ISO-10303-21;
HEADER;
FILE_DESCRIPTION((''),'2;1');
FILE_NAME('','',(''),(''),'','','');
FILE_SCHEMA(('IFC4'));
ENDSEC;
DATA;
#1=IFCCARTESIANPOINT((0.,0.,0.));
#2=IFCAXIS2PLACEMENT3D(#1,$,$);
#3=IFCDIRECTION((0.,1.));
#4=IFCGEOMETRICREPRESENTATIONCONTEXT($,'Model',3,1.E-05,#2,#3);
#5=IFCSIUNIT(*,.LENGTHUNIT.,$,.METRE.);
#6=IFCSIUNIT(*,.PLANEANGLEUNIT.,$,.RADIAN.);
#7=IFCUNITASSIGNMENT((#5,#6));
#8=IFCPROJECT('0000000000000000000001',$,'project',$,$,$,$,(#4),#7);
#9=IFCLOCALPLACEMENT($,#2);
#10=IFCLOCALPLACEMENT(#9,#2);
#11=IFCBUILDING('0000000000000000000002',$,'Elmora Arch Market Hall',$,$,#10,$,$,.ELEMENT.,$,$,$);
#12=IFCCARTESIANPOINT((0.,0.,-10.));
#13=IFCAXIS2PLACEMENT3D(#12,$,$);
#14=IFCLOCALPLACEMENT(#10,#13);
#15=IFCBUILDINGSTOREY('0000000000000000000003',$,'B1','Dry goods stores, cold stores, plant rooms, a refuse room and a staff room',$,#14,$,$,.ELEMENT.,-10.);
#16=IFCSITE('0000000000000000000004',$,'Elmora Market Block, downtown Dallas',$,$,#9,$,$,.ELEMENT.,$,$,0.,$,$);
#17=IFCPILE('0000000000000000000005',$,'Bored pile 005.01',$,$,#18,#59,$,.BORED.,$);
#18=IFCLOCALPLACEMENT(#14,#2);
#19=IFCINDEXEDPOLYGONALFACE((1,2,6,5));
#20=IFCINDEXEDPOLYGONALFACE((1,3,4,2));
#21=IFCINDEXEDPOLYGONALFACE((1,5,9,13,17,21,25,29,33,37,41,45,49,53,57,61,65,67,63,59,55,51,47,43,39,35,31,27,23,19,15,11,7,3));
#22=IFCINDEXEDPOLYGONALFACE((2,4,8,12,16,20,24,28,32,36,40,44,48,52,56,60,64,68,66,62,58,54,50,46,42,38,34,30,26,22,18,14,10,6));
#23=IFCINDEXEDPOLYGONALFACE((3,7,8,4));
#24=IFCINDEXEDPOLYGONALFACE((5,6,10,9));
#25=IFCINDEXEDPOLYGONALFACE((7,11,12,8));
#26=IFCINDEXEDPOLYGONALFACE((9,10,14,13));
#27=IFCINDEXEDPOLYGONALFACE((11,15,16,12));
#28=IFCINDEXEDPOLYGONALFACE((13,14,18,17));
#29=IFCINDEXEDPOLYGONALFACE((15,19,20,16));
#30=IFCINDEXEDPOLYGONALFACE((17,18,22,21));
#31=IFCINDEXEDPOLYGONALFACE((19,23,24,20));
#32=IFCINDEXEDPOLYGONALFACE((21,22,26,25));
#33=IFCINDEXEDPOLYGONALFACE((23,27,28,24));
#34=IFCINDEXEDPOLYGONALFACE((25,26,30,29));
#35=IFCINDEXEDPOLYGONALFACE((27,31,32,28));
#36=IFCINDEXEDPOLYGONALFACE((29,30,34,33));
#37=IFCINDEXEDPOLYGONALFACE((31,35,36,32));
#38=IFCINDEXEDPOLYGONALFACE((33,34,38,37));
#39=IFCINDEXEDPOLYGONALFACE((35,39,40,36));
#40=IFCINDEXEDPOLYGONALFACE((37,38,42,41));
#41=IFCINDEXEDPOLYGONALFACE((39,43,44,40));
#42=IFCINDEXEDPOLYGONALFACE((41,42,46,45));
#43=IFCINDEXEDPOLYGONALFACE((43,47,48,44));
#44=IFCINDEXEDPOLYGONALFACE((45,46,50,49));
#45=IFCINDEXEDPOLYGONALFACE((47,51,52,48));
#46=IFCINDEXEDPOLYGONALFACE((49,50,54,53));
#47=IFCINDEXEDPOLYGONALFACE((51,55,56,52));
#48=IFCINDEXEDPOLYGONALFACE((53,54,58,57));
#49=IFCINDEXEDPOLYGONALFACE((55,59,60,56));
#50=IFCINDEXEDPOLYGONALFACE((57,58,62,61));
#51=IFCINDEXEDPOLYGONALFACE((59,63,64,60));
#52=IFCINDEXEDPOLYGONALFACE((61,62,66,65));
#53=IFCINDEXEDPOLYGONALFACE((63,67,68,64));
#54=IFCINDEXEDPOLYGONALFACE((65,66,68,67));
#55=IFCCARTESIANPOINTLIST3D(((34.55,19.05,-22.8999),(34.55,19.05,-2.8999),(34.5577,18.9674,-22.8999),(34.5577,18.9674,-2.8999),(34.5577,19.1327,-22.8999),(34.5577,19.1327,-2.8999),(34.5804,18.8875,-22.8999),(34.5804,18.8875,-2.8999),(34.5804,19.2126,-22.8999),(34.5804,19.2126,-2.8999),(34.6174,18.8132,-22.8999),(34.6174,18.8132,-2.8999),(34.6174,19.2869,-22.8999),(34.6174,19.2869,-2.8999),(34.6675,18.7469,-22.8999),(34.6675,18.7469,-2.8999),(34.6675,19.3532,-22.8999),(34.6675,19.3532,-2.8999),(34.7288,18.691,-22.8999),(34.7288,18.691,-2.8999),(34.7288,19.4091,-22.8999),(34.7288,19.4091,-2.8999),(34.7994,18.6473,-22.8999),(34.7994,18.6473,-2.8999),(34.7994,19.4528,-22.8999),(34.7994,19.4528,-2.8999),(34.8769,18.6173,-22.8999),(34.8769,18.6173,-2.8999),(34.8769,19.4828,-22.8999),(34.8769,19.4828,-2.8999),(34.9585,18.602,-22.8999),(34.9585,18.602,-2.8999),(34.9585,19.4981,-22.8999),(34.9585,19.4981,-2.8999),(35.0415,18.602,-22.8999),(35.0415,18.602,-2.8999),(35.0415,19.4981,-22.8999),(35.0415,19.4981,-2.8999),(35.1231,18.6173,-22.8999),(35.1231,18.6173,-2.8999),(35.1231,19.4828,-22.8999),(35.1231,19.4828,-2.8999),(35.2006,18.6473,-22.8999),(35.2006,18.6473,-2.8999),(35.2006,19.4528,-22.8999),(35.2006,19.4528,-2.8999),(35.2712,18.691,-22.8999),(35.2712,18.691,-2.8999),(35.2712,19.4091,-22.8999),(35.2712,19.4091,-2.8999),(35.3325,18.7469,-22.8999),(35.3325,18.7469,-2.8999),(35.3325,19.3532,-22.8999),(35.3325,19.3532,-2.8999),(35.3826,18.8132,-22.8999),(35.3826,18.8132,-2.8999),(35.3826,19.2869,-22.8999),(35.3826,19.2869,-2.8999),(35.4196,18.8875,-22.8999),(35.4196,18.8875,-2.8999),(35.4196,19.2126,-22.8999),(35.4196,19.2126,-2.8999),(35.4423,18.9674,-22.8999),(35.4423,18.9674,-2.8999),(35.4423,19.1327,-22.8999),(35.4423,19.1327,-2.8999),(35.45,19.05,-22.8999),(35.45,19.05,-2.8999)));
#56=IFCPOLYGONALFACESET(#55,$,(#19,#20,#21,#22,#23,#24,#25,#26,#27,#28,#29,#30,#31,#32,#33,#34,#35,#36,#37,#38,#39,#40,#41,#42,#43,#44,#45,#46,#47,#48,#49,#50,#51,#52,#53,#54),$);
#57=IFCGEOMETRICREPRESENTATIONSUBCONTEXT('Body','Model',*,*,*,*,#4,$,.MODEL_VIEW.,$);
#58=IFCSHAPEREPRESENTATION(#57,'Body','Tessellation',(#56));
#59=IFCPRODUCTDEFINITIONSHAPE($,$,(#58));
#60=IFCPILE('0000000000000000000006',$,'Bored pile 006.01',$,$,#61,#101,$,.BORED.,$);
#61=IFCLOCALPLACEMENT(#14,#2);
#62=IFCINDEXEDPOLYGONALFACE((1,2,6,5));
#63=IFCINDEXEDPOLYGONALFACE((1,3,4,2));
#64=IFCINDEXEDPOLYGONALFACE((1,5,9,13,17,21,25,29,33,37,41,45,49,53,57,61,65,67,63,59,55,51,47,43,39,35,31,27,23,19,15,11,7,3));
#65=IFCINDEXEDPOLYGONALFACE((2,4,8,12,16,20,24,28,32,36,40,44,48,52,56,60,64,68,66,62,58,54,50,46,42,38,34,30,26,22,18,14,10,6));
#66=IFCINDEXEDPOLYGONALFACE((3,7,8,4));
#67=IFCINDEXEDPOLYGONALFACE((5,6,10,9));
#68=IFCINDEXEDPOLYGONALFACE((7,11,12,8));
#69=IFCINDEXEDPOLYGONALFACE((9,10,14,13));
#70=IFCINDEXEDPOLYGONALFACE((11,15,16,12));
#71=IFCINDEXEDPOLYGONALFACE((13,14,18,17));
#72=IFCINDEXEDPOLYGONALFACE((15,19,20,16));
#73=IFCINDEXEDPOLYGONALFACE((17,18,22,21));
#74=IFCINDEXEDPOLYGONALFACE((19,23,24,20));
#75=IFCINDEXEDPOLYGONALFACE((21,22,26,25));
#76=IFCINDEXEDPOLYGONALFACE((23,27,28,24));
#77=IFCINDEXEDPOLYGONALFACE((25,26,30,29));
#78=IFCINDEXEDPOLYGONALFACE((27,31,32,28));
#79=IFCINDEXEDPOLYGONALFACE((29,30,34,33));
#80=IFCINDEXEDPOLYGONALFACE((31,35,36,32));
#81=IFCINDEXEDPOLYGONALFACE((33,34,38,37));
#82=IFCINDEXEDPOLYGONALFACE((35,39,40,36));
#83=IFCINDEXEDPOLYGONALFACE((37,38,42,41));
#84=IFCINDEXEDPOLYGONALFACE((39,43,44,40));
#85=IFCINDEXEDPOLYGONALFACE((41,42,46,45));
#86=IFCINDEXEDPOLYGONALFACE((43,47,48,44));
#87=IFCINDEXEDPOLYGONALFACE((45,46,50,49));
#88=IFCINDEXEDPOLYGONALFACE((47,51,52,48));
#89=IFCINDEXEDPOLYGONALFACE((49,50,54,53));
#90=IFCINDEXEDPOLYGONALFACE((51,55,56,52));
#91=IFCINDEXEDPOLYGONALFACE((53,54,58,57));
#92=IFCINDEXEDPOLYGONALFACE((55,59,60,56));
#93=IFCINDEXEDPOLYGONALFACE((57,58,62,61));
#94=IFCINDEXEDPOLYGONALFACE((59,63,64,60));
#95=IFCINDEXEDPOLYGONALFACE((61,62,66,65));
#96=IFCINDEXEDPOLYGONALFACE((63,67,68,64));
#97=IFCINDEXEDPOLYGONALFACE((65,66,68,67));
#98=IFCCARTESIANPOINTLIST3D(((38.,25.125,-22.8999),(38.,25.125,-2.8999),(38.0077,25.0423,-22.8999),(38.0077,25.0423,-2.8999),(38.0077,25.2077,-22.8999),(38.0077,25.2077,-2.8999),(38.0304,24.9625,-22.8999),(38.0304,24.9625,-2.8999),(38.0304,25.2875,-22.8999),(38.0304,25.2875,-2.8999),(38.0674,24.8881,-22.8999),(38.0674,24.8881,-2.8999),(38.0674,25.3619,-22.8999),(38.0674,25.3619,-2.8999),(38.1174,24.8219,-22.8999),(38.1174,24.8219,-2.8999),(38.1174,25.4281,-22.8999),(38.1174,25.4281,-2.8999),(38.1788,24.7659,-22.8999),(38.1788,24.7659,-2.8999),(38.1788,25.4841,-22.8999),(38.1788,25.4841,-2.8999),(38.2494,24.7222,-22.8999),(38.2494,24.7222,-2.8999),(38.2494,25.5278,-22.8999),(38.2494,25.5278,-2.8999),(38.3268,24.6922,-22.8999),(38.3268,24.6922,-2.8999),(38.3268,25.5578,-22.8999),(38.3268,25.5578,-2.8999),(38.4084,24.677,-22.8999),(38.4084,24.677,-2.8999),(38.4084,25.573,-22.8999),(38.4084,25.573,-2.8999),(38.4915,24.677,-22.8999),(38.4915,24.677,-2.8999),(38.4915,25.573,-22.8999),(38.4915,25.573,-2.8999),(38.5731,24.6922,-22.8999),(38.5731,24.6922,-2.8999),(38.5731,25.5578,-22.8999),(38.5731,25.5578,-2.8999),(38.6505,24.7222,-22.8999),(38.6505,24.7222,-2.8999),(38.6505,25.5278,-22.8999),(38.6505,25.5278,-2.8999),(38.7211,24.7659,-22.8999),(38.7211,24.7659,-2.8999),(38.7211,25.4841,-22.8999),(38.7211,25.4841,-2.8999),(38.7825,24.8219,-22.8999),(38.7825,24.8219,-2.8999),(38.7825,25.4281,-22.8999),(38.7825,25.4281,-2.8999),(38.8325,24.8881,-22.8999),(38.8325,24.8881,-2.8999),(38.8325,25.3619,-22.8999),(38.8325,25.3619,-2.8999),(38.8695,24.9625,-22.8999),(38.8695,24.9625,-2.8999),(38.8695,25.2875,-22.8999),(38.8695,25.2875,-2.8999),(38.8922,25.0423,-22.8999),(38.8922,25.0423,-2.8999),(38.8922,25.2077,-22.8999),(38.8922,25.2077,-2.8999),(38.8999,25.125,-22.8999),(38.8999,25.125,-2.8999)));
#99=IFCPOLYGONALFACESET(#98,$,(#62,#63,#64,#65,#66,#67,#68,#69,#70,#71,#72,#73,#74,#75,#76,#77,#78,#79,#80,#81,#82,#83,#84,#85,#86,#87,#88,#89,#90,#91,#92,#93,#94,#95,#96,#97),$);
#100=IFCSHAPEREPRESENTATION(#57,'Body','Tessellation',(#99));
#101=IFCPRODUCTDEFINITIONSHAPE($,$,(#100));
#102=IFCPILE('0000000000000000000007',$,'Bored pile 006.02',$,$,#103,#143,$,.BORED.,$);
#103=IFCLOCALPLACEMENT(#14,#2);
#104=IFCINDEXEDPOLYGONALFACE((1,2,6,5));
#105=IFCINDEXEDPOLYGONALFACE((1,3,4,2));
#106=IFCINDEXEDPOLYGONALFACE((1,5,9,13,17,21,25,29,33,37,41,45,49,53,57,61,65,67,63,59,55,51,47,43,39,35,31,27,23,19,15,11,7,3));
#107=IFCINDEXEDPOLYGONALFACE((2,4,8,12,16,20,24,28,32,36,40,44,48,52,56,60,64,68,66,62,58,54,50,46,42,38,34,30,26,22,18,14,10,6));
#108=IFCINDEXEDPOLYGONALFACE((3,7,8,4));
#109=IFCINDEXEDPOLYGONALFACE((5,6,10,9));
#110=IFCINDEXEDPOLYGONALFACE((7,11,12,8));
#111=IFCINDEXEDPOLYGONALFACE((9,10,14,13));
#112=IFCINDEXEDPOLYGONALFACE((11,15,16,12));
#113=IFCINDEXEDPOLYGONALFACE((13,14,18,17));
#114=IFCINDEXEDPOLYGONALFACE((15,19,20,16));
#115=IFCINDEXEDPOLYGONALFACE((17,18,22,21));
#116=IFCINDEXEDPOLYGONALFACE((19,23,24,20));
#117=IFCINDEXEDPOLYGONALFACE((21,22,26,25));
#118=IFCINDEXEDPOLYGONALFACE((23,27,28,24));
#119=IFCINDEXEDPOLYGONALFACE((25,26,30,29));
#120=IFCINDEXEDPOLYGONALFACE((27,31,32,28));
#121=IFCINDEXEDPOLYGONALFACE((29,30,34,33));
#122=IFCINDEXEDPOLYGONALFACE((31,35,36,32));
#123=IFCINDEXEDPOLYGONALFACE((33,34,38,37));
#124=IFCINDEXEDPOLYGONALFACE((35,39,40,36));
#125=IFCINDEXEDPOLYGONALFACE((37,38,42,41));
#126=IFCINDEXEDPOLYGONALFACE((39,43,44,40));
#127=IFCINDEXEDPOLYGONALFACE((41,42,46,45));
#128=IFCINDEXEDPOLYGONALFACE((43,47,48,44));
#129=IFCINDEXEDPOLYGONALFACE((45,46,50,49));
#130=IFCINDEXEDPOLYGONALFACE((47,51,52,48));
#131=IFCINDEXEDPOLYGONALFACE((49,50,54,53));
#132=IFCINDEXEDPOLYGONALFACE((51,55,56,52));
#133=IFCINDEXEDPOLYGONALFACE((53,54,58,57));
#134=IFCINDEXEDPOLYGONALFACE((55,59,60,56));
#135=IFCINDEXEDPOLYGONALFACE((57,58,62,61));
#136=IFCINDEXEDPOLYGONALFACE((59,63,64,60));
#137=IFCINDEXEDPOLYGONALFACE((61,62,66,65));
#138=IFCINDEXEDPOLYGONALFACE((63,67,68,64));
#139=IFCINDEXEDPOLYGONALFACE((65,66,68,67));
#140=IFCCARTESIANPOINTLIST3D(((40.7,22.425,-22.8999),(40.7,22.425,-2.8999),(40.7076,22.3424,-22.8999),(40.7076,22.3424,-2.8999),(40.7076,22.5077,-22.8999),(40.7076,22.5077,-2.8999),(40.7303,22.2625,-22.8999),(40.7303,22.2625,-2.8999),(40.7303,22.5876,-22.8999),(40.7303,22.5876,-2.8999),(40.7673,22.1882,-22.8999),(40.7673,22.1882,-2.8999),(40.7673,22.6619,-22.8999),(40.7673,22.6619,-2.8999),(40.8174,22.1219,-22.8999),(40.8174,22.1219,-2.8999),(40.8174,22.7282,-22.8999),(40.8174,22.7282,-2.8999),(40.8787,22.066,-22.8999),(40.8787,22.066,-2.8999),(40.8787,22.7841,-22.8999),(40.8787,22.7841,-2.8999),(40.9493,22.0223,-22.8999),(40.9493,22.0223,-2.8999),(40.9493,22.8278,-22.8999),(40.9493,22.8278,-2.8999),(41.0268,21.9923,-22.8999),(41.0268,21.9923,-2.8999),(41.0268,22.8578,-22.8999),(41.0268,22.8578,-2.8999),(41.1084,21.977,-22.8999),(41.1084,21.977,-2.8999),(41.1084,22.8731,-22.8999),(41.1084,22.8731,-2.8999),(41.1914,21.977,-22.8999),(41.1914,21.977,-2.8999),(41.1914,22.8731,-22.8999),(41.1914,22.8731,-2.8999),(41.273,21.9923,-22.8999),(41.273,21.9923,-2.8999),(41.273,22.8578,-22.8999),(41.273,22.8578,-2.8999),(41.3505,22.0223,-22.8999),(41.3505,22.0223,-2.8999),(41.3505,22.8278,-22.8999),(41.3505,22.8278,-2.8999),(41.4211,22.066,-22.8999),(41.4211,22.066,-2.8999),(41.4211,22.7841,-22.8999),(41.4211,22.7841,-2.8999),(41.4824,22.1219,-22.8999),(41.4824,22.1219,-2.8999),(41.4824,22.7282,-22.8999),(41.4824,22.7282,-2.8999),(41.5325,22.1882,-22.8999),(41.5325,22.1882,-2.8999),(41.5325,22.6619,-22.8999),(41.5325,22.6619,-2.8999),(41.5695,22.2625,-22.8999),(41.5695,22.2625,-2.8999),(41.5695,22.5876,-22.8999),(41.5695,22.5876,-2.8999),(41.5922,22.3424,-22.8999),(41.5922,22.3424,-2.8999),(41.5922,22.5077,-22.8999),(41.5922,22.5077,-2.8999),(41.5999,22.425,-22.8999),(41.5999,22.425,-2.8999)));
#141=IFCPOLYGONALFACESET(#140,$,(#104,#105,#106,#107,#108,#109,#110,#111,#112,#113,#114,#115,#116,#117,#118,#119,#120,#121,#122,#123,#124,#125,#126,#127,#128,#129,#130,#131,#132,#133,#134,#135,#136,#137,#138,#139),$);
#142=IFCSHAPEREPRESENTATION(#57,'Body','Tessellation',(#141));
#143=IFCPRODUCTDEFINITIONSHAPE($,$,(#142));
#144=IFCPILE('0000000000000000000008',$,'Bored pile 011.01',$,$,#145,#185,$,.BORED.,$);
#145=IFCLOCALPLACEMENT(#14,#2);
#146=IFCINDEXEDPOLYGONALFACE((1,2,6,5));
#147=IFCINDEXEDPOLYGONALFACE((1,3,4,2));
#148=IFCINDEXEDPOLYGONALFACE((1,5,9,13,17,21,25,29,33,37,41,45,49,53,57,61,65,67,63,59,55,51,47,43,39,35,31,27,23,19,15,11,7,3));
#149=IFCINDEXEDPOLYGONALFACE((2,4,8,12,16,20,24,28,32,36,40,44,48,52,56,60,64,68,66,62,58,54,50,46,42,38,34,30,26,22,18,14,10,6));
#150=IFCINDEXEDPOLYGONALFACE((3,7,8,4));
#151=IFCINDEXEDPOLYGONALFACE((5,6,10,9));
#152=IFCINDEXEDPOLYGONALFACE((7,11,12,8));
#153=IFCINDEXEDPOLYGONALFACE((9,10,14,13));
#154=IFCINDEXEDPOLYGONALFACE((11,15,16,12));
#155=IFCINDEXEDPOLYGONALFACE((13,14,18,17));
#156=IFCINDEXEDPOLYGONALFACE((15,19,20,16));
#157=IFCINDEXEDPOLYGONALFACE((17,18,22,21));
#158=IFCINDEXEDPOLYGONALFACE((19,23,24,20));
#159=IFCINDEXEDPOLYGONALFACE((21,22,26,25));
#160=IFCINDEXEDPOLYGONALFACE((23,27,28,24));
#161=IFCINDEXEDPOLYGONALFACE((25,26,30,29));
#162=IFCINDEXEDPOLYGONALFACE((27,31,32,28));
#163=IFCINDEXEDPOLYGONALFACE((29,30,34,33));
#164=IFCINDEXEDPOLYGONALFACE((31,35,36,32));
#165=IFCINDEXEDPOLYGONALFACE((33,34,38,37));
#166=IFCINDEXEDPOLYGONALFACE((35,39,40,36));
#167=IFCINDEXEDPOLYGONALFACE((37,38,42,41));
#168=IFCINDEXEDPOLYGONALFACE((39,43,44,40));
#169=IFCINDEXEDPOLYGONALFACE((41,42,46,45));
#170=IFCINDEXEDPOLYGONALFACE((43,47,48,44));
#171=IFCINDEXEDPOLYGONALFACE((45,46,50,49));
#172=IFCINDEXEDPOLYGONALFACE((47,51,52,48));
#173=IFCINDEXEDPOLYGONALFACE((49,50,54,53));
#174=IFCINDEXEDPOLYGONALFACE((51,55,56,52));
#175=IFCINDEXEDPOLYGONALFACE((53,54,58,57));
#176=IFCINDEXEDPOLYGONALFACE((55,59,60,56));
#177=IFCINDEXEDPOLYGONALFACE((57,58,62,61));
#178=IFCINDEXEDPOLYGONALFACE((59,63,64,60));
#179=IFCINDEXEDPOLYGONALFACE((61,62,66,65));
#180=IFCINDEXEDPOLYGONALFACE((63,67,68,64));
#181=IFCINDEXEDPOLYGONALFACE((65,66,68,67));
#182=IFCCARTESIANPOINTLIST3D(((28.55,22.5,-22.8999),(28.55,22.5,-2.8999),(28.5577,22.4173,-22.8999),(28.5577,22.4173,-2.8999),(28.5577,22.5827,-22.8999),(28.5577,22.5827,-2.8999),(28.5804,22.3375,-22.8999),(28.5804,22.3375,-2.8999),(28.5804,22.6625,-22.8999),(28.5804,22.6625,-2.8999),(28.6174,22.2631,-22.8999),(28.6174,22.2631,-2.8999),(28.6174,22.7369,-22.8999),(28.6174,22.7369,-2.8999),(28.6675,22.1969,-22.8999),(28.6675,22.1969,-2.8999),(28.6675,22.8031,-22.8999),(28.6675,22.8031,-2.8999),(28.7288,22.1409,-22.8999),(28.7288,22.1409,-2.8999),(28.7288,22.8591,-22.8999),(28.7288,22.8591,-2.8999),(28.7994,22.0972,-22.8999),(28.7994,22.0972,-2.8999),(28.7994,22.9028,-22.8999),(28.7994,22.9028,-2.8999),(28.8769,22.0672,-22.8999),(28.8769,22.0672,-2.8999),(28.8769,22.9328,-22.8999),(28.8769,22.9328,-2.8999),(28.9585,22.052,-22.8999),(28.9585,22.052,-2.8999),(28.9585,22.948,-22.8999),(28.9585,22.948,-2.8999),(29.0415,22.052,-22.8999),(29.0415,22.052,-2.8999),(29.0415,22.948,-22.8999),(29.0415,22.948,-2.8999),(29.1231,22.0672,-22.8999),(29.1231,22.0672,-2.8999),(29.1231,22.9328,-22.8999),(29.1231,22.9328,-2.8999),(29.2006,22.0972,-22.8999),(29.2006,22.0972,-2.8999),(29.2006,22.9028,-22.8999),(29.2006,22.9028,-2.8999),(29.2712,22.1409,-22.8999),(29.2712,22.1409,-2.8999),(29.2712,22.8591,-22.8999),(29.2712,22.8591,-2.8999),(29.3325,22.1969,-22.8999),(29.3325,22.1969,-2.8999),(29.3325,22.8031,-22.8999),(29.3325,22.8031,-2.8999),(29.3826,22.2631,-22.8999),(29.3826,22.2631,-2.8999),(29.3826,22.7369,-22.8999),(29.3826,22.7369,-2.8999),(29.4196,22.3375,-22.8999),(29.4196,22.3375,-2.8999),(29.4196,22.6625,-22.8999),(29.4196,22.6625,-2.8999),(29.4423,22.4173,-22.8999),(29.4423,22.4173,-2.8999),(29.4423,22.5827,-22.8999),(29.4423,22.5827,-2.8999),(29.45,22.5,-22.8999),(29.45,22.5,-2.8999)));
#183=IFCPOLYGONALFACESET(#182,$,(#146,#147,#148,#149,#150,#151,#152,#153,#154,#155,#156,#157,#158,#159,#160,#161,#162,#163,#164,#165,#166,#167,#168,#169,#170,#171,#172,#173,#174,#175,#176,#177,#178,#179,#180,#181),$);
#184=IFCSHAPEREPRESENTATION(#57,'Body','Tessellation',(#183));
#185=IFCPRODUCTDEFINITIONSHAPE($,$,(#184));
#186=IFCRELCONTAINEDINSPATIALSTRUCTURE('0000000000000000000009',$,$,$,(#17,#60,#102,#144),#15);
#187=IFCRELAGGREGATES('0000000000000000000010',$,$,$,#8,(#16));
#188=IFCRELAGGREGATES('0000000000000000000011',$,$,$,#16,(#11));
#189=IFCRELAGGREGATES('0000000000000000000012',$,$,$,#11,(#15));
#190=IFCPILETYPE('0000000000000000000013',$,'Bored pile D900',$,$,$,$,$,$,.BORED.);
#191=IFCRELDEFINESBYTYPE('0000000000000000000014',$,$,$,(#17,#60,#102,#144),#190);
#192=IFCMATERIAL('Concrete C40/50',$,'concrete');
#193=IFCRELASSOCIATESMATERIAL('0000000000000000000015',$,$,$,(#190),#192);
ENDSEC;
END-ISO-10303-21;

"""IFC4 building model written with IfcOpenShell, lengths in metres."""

from ifc_helpers import new_model, si_unit, direction, frame, origin, origin_2d, place, context, subcontext, project, spatial, circle, extrude, material, material_profile, profile_set, type_object, element, save


model = new_model("IFC4")

# Units and contexts
model_context = context("Model", 3, precision=1e-05, world=origin(), true_north=direction((0.0, 1.0)))
body_context = subcontext(model_context, "Body", "Model", "MODEL_VIEW")
ifc_project = project(units=[si_unit("LENGTHUNIT", "METRE"), si_unit("PLANEANGLEUNIT", "RADIAN")], contexts=[model_context])

# Site, building, storey
site_placement = place(None, origin())
site = spatial("IfcSite", under=ifc_project, at=site_placement, Name="Elmora Market Block, downtown Dallas", CompositionType="ELEMENT", RefElevation=0.0)
building_placement = place(site_placement, origin())
building = spatial("IfcBuilding", under=site, at=building_placement, Name="Elmora Arch Market Hall", CompositionType="ELEMENT")
storey_placement = place(building_placement, frame((0.0, 0.0, -10.0)))
storey = spatial("IfcBuildingStorey", under=building, at=storey_placement, Name="B1", Description="Dry goods stores, cold stores, plant rooms, a refuse room and a staff room", CompositionType="ELEMENT", Elevation=-10.0)

# Piles
ifc_material_1 = material(Name="Concrete C40/50", Category="concrete")
ifc_material_profile_1 = material_profile(ifc_material_1, circle(Radius=0.45, at=origin_2d()), Name="Bored pile D900")
ifc_profile_set_1 = profile_set([ifc_material_profile_1], Name="Concrete C40/50")
pile_type = type_object("IfcPileType", Name="Bored pile D900", PredefinedType="BORED", material=ifc_profile_set_1)
for number, where, z_axis, x_axis, name in (
    (1, (35.0, 19.05, -2.8999), (0.0, 0.0, -1.0), (1.0, 0.0, 0.0), "Bored pile 005.01"),
    (2, (38.45, 25.125, -2.8999), (0.0, 0.0, -1.0), (1.0, 0.0, 0.0), "Bored pile 006.01"),
    (3, (41.1499, 22.425, -2.8999), (0.0, 0.0, -1.0), (1.0, 0.0, 0.0), "Bored pile 006.02"),
    (4, (29.0, 22.5, -2.8999), (0.0, 0.0, -1.0), (1.0, 0.0, 0.0), "Bored pile 011.01"),
):
    element("IfcPile", number, at=place(storey_placement, frame(where, z_axis=z_axis, x_axis=x_axis)), inside=storey, type_object=pile_type, Name=name, PredefinedType="BORED", context=body_context, shape_type="SweptSolid", body=[
        extrude(circle(Radius=0.45, at=origin_2d()), origin(), (0.0, 0.0, 1.0), 20.0),
    ])

save(model, "model.ifc")
